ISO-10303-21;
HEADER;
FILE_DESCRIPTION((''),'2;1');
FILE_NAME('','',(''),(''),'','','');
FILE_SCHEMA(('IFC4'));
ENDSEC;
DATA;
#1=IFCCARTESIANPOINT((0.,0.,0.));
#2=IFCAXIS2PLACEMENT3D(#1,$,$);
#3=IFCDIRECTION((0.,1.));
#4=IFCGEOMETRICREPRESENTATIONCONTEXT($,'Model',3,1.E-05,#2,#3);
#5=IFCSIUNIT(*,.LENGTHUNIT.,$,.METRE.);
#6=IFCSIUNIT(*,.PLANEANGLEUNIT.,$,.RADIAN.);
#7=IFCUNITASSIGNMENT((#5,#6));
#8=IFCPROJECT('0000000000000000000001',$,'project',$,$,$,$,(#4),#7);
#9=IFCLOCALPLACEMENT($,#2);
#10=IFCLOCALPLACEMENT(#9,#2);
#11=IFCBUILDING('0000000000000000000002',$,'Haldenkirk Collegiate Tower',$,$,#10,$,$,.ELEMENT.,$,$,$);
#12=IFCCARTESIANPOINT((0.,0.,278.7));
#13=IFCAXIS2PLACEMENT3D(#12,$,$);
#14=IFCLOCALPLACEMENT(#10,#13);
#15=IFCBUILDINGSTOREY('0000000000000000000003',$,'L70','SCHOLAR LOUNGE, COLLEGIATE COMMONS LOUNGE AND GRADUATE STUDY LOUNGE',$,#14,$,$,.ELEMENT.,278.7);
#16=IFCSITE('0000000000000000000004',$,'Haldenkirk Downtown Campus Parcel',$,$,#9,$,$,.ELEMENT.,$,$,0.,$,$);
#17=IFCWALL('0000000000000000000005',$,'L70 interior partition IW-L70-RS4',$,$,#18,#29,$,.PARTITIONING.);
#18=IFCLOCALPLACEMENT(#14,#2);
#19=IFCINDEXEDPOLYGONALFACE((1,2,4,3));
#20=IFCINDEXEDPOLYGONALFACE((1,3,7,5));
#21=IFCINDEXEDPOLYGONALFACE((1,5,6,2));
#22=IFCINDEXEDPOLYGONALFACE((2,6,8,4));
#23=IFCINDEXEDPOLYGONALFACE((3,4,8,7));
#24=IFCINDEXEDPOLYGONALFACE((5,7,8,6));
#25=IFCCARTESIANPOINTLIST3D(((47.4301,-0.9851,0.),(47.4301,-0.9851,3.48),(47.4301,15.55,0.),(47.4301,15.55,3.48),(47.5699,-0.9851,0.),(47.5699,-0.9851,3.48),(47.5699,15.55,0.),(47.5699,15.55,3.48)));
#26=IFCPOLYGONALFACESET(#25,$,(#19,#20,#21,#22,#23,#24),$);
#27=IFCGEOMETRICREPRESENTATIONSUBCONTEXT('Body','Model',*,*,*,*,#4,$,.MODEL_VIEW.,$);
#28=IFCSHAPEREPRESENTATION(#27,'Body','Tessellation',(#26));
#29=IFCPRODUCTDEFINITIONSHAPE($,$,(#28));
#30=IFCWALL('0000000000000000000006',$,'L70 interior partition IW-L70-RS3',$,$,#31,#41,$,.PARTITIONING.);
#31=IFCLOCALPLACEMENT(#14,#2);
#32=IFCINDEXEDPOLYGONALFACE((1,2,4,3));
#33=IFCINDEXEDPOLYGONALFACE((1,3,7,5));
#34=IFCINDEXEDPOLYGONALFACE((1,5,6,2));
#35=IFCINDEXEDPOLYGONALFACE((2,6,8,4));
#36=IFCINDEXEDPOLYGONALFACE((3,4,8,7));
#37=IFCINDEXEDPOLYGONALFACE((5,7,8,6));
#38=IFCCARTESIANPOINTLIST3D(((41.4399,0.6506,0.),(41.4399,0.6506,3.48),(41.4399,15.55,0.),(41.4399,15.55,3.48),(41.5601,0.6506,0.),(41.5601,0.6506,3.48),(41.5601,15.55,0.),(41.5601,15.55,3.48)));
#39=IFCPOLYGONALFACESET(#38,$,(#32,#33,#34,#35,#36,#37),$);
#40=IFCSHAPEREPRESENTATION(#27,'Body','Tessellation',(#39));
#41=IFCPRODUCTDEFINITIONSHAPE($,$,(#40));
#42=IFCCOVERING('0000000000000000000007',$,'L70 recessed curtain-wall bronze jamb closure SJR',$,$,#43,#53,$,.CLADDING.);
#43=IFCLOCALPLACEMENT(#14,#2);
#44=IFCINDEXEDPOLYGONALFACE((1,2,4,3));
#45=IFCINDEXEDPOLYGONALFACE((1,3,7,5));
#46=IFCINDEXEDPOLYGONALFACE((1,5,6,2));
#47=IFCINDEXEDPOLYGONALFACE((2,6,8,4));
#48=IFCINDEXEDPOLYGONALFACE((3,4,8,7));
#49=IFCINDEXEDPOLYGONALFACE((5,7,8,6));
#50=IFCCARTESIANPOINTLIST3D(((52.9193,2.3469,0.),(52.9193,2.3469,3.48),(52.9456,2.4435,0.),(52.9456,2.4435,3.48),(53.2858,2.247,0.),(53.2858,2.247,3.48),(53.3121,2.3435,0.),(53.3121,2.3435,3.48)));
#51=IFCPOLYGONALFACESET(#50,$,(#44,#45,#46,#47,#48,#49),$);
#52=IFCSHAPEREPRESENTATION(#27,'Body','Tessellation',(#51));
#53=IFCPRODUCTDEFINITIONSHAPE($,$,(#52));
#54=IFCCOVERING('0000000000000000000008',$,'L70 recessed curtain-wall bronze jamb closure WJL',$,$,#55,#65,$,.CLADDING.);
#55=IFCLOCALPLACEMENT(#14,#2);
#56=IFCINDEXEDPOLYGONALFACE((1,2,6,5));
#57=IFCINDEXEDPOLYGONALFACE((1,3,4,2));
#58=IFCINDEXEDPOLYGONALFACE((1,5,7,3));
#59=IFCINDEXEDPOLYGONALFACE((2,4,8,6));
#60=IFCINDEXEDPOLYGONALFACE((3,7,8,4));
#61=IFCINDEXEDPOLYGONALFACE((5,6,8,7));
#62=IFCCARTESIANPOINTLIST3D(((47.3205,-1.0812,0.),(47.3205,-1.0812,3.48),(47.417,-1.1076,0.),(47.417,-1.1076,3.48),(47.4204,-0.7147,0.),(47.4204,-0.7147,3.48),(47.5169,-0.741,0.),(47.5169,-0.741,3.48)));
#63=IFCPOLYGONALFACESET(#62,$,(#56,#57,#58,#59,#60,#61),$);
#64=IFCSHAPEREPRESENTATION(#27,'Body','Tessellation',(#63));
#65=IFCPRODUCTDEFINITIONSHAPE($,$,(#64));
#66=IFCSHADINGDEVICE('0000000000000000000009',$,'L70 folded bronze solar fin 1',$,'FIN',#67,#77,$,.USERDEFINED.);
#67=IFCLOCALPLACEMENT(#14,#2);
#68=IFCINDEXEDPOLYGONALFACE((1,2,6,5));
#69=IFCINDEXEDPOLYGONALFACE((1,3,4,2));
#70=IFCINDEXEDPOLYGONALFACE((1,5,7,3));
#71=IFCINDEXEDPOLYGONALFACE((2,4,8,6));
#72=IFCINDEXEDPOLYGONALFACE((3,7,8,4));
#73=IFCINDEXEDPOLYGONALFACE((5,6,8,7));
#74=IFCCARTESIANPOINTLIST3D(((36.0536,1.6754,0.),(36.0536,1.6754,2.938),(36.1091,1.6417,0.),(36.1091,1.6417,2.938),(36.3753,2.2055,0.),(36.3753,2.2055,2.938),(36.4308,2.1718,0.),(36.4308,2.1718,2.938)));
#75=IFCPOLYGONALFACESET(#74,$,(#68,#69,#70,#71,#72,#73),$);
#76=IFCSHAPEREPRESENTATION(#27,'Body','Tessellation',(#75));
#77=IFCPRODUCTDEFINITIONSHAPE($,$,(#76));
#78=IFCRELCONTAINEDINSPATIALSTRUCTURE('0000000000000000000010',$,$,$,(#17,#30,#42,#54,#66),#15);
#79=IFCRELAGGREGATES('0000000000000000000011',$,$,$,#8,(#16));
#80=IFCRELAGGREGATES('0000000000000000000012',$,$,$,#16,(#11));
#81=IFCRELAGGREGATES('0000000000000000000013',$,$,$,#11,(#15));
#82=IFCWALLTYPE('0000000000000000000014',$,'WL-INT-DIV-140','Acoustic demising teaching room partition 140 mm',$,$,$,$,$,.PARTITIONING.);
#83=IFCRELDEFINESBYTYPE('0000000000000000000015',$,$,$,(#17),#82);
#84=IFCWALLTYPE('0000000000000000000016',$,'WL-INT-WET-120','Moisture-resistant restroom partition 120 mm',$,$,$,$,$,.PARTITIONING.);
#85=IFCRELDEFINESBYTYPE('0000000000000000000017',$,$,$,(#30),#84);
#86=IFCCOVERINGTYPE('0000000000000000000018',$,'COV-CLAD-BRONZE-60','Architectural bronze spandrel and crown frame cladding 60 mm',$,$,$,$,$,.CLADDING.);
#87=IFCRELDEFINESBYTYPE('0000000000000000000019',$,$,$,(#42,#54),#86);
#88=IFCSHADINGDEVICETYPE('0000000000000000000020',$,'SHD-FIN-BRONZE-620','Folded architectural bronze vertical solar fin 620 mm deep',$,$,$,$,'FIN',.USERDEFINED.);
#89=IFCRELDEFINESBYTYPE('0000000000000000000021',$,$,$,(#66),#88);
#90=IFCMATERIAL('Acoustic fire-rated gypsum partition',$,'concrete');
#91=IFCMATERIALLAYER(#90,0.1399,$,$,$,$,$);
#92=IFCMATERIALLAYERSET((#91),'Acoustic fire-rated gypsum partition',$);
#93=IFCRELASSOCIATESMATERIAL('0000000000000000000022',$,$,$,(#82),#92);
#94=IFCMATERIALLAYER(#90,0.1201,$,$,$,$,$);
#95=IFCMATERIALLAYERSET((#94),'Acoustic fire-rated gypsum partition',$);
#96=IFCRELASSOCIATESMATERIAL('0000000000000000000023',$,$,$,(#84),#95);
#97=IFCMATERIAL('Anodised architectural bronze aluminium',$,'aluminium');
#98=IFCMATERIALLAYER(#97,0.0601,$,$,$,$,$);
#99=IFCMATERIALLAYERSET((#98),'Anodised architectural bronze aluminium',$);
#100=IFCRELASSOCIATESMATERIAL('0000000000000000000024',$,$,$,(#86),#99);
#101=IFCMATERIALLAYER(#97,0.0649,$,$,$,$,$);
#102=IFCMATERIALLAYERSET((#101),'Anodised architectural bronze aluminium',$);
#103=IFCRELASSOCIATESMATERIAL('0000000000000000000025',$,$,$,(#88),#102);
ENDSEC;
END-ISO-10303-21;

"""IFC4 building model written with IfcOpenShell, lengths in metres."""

from ifc_helpers import new_model, si_unit, direction, frame, frame_2d, origin, origin_2d, place, context, subcontext, project, spatial, rectangle, extrude, source, transform, mapped, material, layer, layer_set, type_object, element, save


model = new_model("IFC4")

# Units and contexts
model_context = context("Model", 3, precision=1e-05, world=origin(), true_north=direction((0.0, 1.0)))
body_context = subcontext(model_context, "Body", "Model", "MODEL_VIEW")
ifc_project = project(units=[si_unit("LENGTHUNIT", "METRE"), si_unit("PLANEANGLEUNIT", "RADIAN")], contexts=[model_context])

# Site, building, storey
site_placement = place(None, origin())
site = spatial("IfcSite", under=ifc_project, at=site_placement, Name="Haldenkirk Downtown Campus Parcel", CompositionType="ELEMENT", RefElevation=0.0)
building_placement = place(site_placement, origin())
building = spatial("IfcBuilding", under=site, at=building_placement, Name="Haldenkirk Collegiate Tower", CompositionType="ELEMENT")
storey_placement = place(building_placement, frame((0.0, 0.0, 278.7)))
storey = spatial("IfcBuildingStorey", under=building, at=storey_placement, Name="L70", Description="SCHOLAR LOUNGE, COLLEGIATE COMMONS LOUNGE AND GRADUATE STUDY LOUNGE", CompositionType="ELEMENT", Elevation=278.7)

# Shared definitions
ifc_material_1 = material(Name="Anodised architectural bronze aluminium", Category="aluminium")

# Shared definitions
ifc_material_2 = material(Name="Acoustic fire-rated gypsum partition", Category="concrete")

# Walls
ifc_layer_1 = layer(ifc_material_2, 0.1399)
ifc_layer_set_1 = layer_set([ifc_layer_1], Name="Acoustic fire-rated gypsum partition")
wall_type_1 = type_object("IfcWallType", Name="WL-INT-DIV-140", Description="Acoustic demising teaching room partition 140 mm", PredefinedType="PARTITIONING", material=ifc_layer_set_1)
wall_1_placement = place(storey_placement, frame((47.5, -0.9851, 0.0), z_axis=(0.0, 0.0, 1.0), x_axis=(0.0, 1.0, 0.0)))
element("IfcWall", 1, at=wall_1_placement, inside=storey, type_object=wall_type_1, Name="L70 interior partition IW-L70-RS4", PredefinedType="PARTITIONING", context=body_context, shape_type="SweptSolid", body=[
    extrude(rectangle(XDim=16.5352, YDim=0.1399, at=frame_2d((8.2676, 0.0))), origin(), (0.0, 0.0, 1.0), 3.48),
])
ifc_layer_2 = layer(ifc_material_2, 0.1201)
ifc_layer_set_2 = layer_set([ifc_layer_2], Name="Acoustic fire-rated gypsum partition")
wall_type_2 = type_object("IfcWallType", Name="WL-INT-WET-120", Description="Moisture-resistant restroom partition 120 mm", PredefinedType="PARTITIONING", material=ifc_layer_set_2)
wall_2_placement = place(storey_placement, frame((41.5, 0.6506, 0.0), z_axis=(0.0, 0.0, 1.0), x_axis=(0.0, 1.0, 0.0)))
element("IfcWall", 2, at=wall_2_placement, inside=storey, type_object=wall_type_2, Name="L70 interior partition IW-L70-RS3", PredefinedType="PARTITIONING", context=body_context, shape_type="SweptSolid", body=[
    extrude(rectangle(XDim=14.8994, YDim=0.1201, at=frame_2d((7.4497, 0.0))), origin(), (0.0, 0.0, 1.0), 3.48),
])

# Coverings
ifc_layer_3 = layer(ifc_material_1, 0.0601)
ifc_layer_set_3 = layer_set([ifc_layer_3], Name="Anodised architectural bronze aluminium")
covering_type = type_object("IfcCoveringType", Name="COV-CLAD-BRONZE-60", Description="Architectural bronze spandrel and crown frame cladding 60 mm", PredefinedType="CLADDING", material=ifc_layer_set_3)
shared_shape_1 = source(origin(), body_context, "Body", "SweptSolid", [
    extrude(rectangle(XDim=0.1001, YDim=0.3799, at=origin_2d()), origin(), (0.0, 0.0, 1.0), 3.48),
])
for number, where, z_axis, x_axis, name in (
    (3, (53.1157, 2.3452, 0.0), (0.0, 0.0, 1.0), (-0.263031, -0.964787, 0.0), "L70 recessed curtain-wall bronze jamb closure SJR"),
    (4, (47.4187, -0.9111, 0.0), (0.0, 0.0, 1.0), (-0.964787, 0.263031, 0.0), "L70 recessed curtain-wall bronze jamb closure WJL"),
):
    element("IfcCovering", number, at=place(storey_placement, frame(where, z_axis=z_axis, x_axis=x_axis)), inside=storey, type_object=covering_type, Name=name, PredefinedType="CLADDING", context=body_context, shape_type="MappedRepresentation", body=[
        mapped(shared_shape_1, transform((0.0, 0.0, 0.0), x_axis=(1.0, 0.0, 0.0), y_axis=(0.0, 1.0, 0.0), z_axis=(0.0, 0.0, 1.0), scale=1.0)),
    ])

# Shading device
ifc_layer_4 = layer(ifc_material_1, 0.0649)
ifc_layer_set_4 = layer_set([ifc_layer_4], Name="Anodised architectural bronze aluminium")
shading_device_type = type_object("IfcShadingDeviceType", Name="SHD-FIN-BRONZE-620", Description="Folded architectural bronze vertical solar fin 620 mm deep", ElementType="FIN", PredefinedType="USERDEFINED", material=ifc_layer_set_4)
shared_shape_2 = source(origin(), body_context, "Body", "SweptSolid", [
    extrude(rectangle(XDim=0.6201, YDim=0.0649, at=origin_2d()), origin(), (0.0, 0.0, 1.0), 2.938),
])
shading_device_placement = place(storey_placement, frame((36.2422, 1.9236, 0.0), z_axis=(0.0, 0.0, 1.0), x_axis=(-0.518773, -0.854912, 0.0)))
element("IfcShadingDevice", 5, at=shading_device_placement, inside=storey, type_object=shading_device_type, Name="L70 folded bronze solar fin 1", ObjectType="FIN", PredefinedType="USERDEFINED", context=body_context, shape_type="MappedRepresentation", body=[
    mapped(shared_shape_2, transform((0.0, 0.0, 0.0), x_axis=(1.0, 0.0, 0.0), y_axis=(0.0, 1.0, 0.0), z_axis=(0.0, 0.0, 1.0), scale=1.0)),
])

save(model, "model.ifc")
